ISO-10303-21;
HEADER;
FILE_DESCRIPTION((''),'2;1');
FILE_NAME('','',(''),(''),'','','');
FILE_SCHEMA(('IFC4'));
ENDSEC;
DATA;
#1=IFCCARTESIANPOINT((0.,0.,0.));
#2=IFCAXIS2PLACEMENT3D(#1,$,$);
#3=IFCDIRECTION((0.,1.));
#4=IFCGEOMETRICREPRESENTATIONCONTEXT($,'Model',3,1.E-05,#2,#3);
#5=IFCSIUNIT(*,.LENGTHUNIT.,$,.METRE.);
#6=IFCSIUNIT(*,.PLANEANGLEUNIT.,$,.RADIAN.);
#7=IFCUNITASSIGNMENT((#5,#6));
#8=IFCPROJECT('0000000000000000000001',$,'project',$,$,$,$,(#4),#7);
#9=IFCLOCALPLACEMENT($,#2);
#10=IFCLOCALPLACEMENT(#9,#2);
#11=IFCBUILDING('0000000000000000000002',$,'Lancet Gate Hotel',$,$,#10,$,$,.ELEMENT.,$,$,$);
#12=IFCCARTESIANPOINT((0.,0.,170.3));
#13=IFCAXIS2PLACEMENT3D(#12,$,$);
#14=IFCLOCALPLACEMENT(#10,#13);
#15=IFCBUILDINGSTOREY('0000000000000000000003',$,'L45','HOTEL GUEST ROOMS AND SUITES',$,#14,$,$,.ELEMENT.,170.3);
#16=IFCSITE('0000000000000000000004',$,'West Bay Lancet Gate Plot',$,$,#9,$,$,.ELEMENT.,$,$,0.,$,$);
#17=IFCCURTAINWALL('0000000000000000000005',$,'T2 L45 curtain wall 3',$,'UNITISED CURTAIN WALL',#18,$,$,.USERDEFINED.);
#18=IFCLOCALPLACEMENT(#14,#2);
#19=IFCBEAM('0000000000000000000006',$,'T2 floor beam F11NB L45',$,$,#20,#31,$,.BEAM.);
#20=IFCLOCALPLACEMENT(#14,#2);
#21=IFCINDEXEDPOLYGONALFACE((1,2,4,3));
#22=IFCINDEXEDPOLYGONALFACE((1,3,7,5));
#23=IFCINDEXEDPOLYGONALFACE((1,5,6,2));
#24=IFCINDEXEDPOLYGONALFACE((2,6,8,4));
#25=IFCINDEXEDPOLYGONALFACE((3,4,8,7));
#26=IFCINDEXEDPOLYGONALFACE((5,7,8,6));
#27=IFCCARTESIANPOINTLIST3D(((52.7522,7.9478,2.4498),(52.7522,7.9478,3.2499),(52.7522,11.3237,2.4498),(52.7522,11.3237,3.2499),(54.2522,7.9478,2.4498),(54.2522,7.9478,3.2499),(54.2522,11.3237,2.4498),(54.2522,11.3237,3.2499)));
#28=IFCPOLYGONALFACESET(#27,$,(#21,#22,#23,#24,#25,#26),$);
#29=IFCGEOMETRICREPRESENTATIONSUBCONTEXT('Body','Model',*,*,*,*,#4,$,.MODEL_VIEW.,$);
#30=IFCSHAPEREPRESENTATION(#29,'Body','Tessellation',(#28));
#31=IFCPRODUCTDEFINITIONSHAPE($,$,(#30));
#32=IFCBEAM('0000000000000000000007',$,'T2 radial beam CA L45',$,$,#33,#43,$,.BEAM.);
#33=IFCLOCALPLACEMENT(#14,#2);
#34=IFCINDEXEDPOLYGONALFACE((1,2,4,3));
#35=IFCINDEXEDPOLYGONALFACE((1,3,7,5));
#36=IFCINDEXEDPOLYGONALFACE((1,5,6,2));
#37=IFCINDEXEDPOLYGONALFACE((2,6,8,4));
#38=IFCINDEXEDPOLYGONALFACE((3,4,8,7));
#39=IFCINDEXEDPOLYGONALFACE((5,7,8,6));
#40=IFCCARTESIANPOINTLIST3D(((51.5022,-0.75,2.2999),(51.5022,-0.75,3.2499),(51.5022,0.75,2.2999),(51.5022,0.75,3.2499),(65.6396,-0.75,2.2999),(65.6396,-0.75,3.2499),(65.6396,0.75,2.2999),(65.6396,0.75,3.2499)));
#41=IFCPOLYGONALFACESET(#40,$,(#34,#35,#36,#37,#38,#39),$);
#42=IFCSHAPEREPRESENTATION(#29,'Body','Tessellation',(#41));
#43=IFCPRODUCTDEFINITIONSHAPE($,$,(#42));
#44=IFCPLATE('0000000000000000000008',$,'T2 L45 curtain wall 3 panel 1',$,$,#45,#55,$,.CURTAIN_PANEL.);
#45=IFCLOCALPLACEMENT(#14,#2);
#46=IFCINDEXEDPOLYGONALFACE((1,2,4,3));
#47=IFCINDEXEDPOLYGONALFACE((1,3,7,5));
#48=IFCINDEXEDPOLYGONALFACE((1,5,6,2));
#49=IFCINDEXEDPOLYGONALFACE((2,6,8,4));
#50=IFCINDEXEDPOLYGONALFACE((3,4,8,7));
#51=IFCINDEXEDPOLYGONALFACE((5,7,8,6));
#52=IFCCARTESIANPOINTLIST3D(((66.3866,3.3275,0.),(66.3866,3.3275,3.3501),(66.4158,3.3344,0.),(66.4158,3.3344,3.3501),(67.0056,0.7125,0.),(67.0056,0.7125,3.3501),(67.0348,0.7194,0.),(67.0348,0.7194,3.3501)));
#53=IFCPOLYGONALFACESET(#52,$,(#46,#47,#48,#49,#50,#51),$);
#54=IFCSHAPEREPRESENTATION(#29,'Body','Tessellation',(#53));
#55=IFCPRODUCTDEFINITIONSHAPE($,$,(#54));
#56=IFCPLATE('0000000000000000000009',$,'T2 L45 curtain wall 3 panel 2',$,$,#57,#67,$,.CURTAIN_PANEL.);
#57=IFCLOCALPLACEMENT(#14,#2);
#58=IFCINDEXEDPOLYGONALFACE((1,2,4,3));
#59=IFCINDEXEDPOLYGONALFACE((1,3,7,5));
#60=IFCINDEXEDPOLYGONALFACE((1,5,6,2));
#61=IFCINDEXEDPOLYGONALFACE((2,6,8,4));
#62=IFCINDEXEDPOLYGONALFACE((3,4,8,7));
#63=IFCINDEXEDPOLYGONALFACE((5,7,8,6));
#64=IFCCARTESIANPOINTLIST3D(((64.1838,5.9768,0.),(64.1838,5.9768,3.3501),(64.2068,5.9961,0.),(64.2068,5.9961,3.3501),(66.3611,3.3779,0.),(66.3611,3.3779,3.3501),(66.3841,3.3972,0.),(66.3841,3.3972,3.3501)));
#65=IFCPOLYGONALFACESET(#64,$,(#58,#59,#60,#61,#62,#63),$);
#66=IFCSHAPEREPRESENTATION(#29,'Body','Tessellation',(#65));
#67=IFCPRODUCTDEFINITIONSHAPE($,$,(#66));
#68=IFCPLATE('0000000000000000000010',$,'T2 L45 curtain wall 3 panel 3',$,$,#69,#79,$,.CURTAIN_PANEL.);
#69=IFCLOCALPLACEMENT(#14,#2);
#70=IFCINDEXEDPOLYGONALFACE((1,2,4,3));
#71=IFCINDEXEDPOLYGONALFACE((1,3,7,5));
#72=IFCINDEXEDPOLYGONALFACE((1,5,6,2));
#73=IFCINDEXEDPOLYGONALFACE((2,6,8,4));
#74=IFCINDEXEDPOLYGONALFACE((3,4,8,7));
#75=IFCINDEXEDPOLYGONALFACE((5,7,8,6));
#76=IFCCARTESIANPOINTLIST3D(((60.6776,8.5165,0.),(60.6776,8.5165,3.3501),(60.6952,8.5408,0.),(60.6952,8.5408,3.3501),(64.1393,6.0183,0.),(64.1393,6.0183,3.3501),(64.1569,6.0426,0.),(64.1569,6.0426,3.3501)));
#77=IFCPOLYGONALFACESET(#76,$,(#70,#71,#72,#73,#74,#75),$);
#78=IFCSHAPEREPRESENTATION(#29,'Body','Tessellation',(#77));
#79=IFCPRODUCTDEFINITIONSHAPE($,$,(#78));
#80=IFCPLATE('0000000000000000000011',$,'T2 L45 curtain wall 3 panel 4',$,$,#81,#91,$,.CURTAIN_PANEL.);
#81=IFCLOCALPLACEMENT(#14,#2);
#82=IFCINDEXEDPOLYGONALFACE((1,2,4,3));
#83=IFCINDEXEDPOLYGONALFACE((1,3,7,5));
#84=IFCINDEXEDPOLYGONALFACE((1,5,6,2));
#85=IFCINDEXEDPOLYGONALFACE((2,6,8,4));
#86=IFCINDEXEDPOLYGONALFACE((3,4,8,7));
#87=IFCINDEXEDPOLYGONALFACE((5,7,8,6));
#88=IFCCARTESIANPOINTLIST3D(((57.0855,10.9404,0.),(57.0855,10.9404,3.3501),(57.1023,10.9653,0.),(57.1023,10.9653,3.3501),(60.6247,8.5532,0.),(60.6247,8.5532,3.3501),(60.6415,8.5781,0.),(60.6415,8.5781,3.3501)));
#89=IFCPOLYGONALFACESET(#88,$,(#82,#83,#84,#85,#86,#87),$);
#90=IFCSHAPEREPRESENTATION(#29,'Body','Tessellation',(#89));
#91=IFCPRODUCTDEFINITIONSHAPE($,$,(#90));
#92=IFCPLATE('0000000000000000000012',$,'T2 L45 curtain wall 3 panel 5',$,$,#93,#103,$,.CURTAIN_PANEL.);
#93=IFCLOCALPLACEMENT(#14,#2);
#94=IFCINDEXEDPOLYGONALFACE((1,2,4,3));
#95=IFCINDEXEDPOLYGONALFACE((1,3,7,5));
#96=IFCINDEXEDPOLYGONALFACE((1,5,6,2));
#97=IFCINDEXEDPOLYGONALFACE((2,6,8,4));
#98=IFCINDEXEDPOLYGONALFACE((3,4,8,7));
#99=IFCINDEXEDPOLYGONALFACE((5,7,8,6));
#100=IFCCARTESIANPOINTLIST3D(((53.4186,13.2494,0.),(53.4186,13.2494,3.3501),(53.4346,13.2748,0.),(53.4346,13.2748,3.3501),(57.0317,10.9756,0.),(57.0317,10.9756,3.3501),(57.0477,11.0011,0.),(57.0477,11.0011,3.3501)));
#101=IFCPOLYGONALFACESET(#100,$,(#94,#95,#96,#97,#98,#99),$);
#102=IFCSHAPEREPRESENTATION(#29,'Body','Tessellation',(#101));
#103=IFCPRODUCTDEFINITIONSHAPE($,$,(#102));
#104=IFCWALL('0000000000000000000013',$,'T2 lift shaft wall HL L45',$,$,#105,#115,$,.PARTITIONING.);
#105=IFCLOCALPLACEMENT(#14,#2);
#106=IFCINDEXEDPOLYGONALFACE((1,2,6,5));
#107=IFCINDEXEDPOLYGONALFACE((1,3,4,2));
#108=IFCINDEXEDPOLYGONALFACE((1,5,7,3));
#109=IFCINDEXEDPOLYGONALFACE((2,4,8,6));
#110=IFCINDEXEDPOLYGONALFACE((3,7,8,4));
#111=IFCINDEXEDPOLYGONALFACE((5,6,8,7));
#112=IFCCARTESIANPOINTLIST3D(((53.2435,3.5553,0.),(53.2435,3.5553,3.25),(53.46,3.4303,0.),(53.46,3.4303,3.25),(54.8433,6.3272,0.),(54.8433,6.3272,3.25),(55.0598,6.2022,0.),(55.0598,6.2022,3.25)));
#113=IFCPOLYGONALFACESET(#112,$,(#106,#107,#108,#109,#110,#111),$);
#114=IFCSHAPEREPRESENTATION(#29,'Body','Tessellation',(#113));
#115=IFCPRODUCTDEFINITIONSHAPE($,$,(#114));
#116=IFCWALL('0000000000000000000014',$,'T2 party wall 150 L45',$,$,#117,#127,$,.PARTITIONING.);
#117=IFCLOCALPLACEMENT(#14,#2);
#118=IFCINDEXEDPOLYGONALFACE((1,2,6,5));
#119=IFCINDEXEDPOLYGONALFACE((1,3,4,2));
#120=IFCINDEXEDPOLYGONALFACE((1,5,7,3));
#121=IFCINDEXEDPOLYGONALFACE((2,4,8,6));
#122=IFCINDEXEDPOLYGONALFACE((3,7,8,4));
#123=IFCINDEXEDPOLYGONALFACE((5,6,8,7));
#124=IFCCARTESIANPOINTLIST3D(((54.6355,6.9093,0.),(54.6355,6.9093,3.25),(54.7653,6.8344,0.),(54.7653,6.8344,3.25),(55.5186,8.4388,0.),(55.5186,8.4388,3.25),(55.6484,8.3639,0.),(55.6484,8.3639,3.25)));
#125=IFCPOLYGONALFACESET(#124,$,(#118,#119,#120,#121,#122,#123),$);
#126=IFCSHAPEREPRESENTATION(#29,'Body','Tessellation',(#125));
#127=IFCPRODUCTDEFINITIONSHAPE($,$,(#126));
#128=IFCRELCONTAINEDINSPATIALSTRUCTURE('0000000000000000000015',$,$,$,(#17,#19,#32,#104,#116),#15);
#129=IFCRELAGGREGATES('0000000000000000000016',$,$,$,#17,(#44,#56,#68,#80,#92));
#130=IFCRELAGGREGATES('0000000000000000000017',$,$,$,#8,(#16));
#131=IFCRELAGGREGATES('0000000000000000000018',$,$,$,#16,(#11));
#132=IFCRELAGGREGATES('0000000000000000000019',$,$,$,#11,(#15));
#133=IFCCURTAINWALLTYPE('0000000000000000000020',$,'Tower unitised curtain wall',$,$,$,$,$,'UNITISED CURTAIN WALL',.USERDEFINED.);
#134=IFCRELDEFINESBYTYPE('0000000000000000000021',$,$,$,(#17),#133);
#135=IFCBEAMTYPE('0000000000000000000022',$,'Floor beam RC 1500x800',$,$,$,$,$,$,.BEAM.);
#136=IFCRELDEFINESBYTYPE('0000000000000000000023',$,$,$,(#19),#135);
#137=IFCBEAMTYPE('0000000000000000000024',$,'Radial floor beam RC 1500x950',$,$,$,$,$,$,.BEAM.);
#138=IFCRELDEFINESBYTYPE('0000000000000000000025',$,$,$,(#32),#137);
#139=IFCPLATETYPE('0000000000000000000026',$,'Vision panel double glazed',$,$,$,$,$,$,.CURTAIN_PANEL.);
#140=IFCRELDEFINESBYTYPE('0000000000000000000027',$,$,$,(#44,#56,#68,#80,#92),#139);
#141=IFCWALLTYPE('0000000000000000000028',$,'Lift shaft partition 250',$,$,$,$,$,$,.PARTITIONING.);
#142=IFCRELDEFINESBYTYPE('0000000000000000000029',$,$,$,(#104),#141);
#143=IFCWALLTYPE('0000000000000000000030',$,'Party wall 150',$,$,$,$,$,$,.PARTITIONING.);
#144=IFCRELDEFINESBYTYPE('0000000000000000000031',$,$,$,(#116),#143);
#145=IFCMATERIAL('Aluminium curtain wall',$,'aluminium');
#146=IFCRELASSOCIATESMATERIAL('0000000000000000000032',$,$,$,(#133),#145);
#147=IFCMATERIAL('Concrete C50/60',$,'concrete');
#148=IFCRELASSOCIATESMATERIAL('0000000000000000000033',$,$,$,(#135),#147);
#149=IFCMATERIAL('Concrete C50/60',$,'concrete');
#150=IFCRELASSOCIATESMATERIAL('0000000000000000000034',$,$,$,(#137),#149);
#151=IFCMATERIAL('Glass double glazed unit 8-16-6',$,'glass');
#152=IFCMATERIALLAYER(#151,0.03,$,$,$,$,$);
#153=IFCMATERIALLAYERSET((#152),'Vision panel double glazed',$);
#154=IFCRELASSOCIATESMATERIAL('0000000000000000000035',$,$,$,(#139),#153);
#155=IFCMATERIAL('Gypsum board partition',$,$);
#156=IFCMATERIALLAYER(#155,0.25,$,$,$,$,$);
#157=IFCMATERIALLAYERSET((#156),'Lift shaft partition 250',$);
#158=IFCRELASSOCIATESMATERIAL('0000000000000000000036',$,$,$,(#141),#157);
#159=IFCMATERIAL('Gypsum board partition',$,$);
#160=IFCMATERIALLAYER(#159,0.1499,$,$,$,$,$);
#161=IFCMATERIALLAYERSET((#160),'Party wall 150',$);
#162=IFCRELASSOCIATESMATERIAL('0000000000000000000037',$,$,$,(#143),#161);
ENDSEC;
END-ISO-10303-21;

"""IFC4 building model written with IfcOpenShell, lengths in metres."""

from ifc_helpers import new_model, si_unit, direction, frame, frame_2d, origin, origin_2d, place, context, subcontext, project, spatial, rectangle, extrude, material, layer, layer_set, material_profile, profile_set, type_object, element, aggregate, save


model = new_model("IFC4")

# Units and contexts
model_context = context("Model", 3, precision=1e-05, world=origin(), true_north=direction((0.0, 1.0)))
body_context = subcontext(model_context, "Body", "Model", "MODEL_VIEW")
ifc_project = project(units=[si_unit("LENGTHUNIT", "METRE"), si_unit("PLANEANGLEUNIT", "RADIAN")], contexts=[model_context])

# Site, building, storey
site_placement = place(None, origin())
site = spatial("IfcSite", under=ifc_project, at=site_placement, Name="West Bay Lancet Gate Plot", CompositionType="ELEMENT", RefElevation=0.0)
building_placement = place(site_placement, origin())
building = spatial("IfcBuilding", under=site, at=building_placement, Name="Lancet Gate Hotel", CompositionType="ELEMENT")
storey_placement = place(building_placement, frame((0.0, 0.0, 170.3)))
storey = spatial("IfcBuildingStorey", under=building, at=storey_placement, Name="L45", Description="HOTEL GUEST ROOMS AND SUITES", CompositionType="ELEMENT", Elevation=170.3)

# Curtain wall
ifc_material_1 = material(Name="Aluminium curtain wall", Category="aluminium")
curtain_wall_type = type_object("IfcCurtainWallType", Name="Tower unitised curtain wall", ElementType="UNITISED CURTAIN WALL", PredefinedType="USERDEFINED", material=ifc_material_1)
curtain_wall_placement = place(storey_placement, origin())
curtain_wall = element("IfcCurtainWall", 1, at=curtain_wall_placement, inside=storey, type_object=curtain_wall_type, Name="T2 L45 curtain wall 3", ObjectType="UNITISED CURTAIN WALL", PredefinedType="USERDEFINED")

# Beams
ifc_material_2 = material(Name="Concrete C50/60", Category="concrete")
ifc_material_profile_1 = material_profile(ifc_material_2, rectangle(XDim=1.5, YDim=0.8, at=origin_2d()), Name="RC 1500x800")
ifc_profile_set_1 = profile_set([ifc_material_profile_1], Name="Concrete C50/60")
beam_type_1 = type_object("IfcBeamType", Name="Floor beam RC 1500x800", PredefinedType="BEAM", material=ifc_profile_set_1)
beam_1_placement = place(storey_placement, frame((53.5022, 7.9478, 2.8499), z_axis=(0.0, 1.0, 0.0), x_axis=(-1.0, 0.0, 0.0)))
element("IfcBeam", 2, at=beam_1_placement, inside=storey, type_object=beam_type_1, Name="T2 floor beam F11NB L45", PredefinedType="BEAM", context=body_context, shape_type="SweptSolid", body=[
    extrude(rectangle(XDim=1.5, YDim=0.8, at=origin_2d()), origin(), (0.0, 0.0, 1.0), 3.376),
])
ifc_material_3 = material(Name="Concrete C50/60", Category="concrete")
ifc_material_profile_2 = material_profile(ifc_material_3, rectangle(XDim=1.5, YDim=0.95, at=origin_2d()), Name="RC 1500x950")
ifc_profile_set_2 = profile_set([ifc_material_profile_2], Name="Concrete C50/60")
beam_type_2 = type_object("IfcBeamType", Name="Radial floor beam RC 1500x950", PredefinedType="BEAM", material=ifc_profile_set_2)
beam_2_placement = place(storey_placement, frame((65.6396, 0.0, 2.7749), z_axis=(-1.0, 0.0, 0.0), x_axis=(0.0, -1.0, 0.0)))
element("IfcBeam", 3, at=beam_2_placement, inside=storey, type_object=beam_type_2, Name="T2 radial beam CA L45", PredefinedType="BEAM", context=body_context, shape_type="SweptSolid", body=[
    extrude(rectangle(XDim=1.5, YDim=0.95, at=origin_2d()), origin(), (0.0, 0.0, 1.0), 14.1375),
])

# Plates
ifc_material_4 = material(Name="Glass double glazed unit 8-16-6", Category="glass")
ifc_layer_1 = layer(ifc_material_4, 0.03)
ifc_layer_set_1 = layer_set([ifc_layer_1], Name="Vision panel double glazed")
plate_type = type_object("IfcPlateType", Name="Vision panel double glazed", PredefinedType="CURTAIN_PANEL", material=ifc_layer_set_1)
plate_1_placement = place(storey_placement, frame((66.7107, 2.0234, 0.0), z_axis=(0.0, 0.0, 1.0), x_axis=(-0.230367, 0.973104, 0.0)))
plate_1 = element("IfcPlate", 4, at=plate_1_placement, type_object=plate_type, Name="T2 L45 curtain wall 3 panel 1", PredefinedType="CURTAIN_PANEL", context=body_context, shape_type="SweptSolid", body=[
    extrude(rectangle(XDim=2.6873, YDim=0.03, at=origin_2d()), origin(), (0.0, 0.0, 1.0), 3.3501),
])
plate_2_placement = place(storey_placement, frame((65.2839, 4.687, 0.0), z_axis=(0.0, 0.0, 1.0), x_axis=(-0.642199, 0.766538, 0.0)))
plate_2 = element("IfcPlate", 5, at=plate_2_placement, type_object=plate_type, Name="T2 L45 curtain wall 3 panel 2", PredefinedType="CURTAIN_PANEL", context=body_context, shape_type="SweptSolid", body=[
    extrude(rectangle(XDim=3.3904, YDim=0.03, at=origin_2d()), origin(), (0.0, 0.0, 1.0), 3.3501),
])
plate_3_placement = place(storey_placement, frame((62.4172, 7.2795, 0.0), z_axis=(0.0, 0.0, 1.0), x_axis=(-0.810891, 0.585197, 0.0)))
plate_3 = element("IfcPlate", 6, at=plate_3_placement, type_object=plate_type, Name="T2 L45 curtain wall 3 panel 3", PredefinedType="CURTAIN_PANEL", context=body_context, shape_type="SweptSolid", body=[
    extrude(rectangle(XDim=4.269, YDim=0.03, at=origin_2d()), origin(), (0.0, 0.0, 1.0), 3.3501),
])
plate_4_placement = place(storey_placement, frame((58.8635, 9.7593, 0.0), z_axis=(0.0, 0.0, 1.0), x_axis=(-0.829039, 0.559191, 0.0)))
plate_4 = element("IfcPlate", 7, at=plate_4_placement, type_object=plate_type, Name="T2 L45 curtain wall 3 panel 4", PredefinedType="CURTAIN_PANEL", context=body_context, shape_type="SweptSolid", body=[
    extrude(rectangle(XDim=4.269, YDim=0.03, at=origin_2d()), origin(), (0.0, 0.0, 1.0), 3.3501),
])
plate_5_placement = place(storey_placement, frame((55.2332, 12.1252, 0.0), z_axis=(0.0, 0.0, 1.0), x_axis=(-0.846352, 0.532623, 0.0)))
plate_5 = element("IfcPlate", 8, at=plate_5_placement, type_object=plate_type, Name="T2 L45 curtain wall 3 panel 5", PredefinedType="CURTAIN_PANEL", context=body_context, shape_type="SweptSolid", body=[
    extrude(rectangle(XDim=4.269, YDim=0.03, at=origin_2d()), origin(), (0.0, 0.0, 1.0), 3.3501),
])
aggregate(curtain_wall, [plate_1, plate_2, plate_3, plate_4, plate_5])

# Walls
ifc_material_5 = material(Name="Gypsum board partition")
ifc_layer_2 = layer(ifc_material_5, 0.25)
ifc_layer_set_2 = layer_set([ifc_layer_2], Name="Lift shaft partition 250")
wall_type_1 = type_object("IfcWallType", Name="Lift shaft partition 250", PredefinedType="PARTITIONING", material=ifc_layer_set_2)
wall_1_placement = place(storey_placement, frame((53.3518, 3.4929, 0.0), z_axis=(0.0, 0.0, 1.0), x_axis=(0.499872, 0.866099, 0.0)))
element("IfcWall", 9, at=wall_1_placement, inside=storey, type_object=wall_type_1, Name="T2 lift shaft wall HL L45", PredefinedType="PARTITIONING", context=body_context, shape_type="SweptSolid", body=[
    extrude(rectangle(XDim=3.2004, YDim=0.25, at=frame_2d((1.6001, 0.0))), origin(), (0.0, 0.0, 1.0), 3.25),
])
ifc_material_6 = material(Name="Gypsum board partition")
ifc_layer_3 = layer(ifc_material_6, 0.1499)
ifc_layer_set_3 = layer_set([ifc_layer_3], Name="Party wall 150")
wall_type_2 = type_object("IfcWallType", Name="Party wall 150", PredefinedType="PARTITIONING", material=ifc_layer_set_3)
wall_2_placement = place(storey_placement, frame((54.7004, 6.8718, 0.0), z_axis=(0.0, 0.0, 1.0), x_axis=(0.49999, 0.866031, 0.0)))
element("IfcWall", 10, at=wall_2_placement, inside=storey, type_object=wall_type_2, Name="T2 party wall 150 L45", PredefinedType="PARTITIONING", context=body_context, shape_type="SweptSolid", body=[
    extrude(rectangle(XDim=1.7661, YDim=0.1499, at=frame_2d((0.8831, 0.0))), origin(), (0.0, 0.0, 1.0), 3.25),
])

save(model, "model.ifc")
